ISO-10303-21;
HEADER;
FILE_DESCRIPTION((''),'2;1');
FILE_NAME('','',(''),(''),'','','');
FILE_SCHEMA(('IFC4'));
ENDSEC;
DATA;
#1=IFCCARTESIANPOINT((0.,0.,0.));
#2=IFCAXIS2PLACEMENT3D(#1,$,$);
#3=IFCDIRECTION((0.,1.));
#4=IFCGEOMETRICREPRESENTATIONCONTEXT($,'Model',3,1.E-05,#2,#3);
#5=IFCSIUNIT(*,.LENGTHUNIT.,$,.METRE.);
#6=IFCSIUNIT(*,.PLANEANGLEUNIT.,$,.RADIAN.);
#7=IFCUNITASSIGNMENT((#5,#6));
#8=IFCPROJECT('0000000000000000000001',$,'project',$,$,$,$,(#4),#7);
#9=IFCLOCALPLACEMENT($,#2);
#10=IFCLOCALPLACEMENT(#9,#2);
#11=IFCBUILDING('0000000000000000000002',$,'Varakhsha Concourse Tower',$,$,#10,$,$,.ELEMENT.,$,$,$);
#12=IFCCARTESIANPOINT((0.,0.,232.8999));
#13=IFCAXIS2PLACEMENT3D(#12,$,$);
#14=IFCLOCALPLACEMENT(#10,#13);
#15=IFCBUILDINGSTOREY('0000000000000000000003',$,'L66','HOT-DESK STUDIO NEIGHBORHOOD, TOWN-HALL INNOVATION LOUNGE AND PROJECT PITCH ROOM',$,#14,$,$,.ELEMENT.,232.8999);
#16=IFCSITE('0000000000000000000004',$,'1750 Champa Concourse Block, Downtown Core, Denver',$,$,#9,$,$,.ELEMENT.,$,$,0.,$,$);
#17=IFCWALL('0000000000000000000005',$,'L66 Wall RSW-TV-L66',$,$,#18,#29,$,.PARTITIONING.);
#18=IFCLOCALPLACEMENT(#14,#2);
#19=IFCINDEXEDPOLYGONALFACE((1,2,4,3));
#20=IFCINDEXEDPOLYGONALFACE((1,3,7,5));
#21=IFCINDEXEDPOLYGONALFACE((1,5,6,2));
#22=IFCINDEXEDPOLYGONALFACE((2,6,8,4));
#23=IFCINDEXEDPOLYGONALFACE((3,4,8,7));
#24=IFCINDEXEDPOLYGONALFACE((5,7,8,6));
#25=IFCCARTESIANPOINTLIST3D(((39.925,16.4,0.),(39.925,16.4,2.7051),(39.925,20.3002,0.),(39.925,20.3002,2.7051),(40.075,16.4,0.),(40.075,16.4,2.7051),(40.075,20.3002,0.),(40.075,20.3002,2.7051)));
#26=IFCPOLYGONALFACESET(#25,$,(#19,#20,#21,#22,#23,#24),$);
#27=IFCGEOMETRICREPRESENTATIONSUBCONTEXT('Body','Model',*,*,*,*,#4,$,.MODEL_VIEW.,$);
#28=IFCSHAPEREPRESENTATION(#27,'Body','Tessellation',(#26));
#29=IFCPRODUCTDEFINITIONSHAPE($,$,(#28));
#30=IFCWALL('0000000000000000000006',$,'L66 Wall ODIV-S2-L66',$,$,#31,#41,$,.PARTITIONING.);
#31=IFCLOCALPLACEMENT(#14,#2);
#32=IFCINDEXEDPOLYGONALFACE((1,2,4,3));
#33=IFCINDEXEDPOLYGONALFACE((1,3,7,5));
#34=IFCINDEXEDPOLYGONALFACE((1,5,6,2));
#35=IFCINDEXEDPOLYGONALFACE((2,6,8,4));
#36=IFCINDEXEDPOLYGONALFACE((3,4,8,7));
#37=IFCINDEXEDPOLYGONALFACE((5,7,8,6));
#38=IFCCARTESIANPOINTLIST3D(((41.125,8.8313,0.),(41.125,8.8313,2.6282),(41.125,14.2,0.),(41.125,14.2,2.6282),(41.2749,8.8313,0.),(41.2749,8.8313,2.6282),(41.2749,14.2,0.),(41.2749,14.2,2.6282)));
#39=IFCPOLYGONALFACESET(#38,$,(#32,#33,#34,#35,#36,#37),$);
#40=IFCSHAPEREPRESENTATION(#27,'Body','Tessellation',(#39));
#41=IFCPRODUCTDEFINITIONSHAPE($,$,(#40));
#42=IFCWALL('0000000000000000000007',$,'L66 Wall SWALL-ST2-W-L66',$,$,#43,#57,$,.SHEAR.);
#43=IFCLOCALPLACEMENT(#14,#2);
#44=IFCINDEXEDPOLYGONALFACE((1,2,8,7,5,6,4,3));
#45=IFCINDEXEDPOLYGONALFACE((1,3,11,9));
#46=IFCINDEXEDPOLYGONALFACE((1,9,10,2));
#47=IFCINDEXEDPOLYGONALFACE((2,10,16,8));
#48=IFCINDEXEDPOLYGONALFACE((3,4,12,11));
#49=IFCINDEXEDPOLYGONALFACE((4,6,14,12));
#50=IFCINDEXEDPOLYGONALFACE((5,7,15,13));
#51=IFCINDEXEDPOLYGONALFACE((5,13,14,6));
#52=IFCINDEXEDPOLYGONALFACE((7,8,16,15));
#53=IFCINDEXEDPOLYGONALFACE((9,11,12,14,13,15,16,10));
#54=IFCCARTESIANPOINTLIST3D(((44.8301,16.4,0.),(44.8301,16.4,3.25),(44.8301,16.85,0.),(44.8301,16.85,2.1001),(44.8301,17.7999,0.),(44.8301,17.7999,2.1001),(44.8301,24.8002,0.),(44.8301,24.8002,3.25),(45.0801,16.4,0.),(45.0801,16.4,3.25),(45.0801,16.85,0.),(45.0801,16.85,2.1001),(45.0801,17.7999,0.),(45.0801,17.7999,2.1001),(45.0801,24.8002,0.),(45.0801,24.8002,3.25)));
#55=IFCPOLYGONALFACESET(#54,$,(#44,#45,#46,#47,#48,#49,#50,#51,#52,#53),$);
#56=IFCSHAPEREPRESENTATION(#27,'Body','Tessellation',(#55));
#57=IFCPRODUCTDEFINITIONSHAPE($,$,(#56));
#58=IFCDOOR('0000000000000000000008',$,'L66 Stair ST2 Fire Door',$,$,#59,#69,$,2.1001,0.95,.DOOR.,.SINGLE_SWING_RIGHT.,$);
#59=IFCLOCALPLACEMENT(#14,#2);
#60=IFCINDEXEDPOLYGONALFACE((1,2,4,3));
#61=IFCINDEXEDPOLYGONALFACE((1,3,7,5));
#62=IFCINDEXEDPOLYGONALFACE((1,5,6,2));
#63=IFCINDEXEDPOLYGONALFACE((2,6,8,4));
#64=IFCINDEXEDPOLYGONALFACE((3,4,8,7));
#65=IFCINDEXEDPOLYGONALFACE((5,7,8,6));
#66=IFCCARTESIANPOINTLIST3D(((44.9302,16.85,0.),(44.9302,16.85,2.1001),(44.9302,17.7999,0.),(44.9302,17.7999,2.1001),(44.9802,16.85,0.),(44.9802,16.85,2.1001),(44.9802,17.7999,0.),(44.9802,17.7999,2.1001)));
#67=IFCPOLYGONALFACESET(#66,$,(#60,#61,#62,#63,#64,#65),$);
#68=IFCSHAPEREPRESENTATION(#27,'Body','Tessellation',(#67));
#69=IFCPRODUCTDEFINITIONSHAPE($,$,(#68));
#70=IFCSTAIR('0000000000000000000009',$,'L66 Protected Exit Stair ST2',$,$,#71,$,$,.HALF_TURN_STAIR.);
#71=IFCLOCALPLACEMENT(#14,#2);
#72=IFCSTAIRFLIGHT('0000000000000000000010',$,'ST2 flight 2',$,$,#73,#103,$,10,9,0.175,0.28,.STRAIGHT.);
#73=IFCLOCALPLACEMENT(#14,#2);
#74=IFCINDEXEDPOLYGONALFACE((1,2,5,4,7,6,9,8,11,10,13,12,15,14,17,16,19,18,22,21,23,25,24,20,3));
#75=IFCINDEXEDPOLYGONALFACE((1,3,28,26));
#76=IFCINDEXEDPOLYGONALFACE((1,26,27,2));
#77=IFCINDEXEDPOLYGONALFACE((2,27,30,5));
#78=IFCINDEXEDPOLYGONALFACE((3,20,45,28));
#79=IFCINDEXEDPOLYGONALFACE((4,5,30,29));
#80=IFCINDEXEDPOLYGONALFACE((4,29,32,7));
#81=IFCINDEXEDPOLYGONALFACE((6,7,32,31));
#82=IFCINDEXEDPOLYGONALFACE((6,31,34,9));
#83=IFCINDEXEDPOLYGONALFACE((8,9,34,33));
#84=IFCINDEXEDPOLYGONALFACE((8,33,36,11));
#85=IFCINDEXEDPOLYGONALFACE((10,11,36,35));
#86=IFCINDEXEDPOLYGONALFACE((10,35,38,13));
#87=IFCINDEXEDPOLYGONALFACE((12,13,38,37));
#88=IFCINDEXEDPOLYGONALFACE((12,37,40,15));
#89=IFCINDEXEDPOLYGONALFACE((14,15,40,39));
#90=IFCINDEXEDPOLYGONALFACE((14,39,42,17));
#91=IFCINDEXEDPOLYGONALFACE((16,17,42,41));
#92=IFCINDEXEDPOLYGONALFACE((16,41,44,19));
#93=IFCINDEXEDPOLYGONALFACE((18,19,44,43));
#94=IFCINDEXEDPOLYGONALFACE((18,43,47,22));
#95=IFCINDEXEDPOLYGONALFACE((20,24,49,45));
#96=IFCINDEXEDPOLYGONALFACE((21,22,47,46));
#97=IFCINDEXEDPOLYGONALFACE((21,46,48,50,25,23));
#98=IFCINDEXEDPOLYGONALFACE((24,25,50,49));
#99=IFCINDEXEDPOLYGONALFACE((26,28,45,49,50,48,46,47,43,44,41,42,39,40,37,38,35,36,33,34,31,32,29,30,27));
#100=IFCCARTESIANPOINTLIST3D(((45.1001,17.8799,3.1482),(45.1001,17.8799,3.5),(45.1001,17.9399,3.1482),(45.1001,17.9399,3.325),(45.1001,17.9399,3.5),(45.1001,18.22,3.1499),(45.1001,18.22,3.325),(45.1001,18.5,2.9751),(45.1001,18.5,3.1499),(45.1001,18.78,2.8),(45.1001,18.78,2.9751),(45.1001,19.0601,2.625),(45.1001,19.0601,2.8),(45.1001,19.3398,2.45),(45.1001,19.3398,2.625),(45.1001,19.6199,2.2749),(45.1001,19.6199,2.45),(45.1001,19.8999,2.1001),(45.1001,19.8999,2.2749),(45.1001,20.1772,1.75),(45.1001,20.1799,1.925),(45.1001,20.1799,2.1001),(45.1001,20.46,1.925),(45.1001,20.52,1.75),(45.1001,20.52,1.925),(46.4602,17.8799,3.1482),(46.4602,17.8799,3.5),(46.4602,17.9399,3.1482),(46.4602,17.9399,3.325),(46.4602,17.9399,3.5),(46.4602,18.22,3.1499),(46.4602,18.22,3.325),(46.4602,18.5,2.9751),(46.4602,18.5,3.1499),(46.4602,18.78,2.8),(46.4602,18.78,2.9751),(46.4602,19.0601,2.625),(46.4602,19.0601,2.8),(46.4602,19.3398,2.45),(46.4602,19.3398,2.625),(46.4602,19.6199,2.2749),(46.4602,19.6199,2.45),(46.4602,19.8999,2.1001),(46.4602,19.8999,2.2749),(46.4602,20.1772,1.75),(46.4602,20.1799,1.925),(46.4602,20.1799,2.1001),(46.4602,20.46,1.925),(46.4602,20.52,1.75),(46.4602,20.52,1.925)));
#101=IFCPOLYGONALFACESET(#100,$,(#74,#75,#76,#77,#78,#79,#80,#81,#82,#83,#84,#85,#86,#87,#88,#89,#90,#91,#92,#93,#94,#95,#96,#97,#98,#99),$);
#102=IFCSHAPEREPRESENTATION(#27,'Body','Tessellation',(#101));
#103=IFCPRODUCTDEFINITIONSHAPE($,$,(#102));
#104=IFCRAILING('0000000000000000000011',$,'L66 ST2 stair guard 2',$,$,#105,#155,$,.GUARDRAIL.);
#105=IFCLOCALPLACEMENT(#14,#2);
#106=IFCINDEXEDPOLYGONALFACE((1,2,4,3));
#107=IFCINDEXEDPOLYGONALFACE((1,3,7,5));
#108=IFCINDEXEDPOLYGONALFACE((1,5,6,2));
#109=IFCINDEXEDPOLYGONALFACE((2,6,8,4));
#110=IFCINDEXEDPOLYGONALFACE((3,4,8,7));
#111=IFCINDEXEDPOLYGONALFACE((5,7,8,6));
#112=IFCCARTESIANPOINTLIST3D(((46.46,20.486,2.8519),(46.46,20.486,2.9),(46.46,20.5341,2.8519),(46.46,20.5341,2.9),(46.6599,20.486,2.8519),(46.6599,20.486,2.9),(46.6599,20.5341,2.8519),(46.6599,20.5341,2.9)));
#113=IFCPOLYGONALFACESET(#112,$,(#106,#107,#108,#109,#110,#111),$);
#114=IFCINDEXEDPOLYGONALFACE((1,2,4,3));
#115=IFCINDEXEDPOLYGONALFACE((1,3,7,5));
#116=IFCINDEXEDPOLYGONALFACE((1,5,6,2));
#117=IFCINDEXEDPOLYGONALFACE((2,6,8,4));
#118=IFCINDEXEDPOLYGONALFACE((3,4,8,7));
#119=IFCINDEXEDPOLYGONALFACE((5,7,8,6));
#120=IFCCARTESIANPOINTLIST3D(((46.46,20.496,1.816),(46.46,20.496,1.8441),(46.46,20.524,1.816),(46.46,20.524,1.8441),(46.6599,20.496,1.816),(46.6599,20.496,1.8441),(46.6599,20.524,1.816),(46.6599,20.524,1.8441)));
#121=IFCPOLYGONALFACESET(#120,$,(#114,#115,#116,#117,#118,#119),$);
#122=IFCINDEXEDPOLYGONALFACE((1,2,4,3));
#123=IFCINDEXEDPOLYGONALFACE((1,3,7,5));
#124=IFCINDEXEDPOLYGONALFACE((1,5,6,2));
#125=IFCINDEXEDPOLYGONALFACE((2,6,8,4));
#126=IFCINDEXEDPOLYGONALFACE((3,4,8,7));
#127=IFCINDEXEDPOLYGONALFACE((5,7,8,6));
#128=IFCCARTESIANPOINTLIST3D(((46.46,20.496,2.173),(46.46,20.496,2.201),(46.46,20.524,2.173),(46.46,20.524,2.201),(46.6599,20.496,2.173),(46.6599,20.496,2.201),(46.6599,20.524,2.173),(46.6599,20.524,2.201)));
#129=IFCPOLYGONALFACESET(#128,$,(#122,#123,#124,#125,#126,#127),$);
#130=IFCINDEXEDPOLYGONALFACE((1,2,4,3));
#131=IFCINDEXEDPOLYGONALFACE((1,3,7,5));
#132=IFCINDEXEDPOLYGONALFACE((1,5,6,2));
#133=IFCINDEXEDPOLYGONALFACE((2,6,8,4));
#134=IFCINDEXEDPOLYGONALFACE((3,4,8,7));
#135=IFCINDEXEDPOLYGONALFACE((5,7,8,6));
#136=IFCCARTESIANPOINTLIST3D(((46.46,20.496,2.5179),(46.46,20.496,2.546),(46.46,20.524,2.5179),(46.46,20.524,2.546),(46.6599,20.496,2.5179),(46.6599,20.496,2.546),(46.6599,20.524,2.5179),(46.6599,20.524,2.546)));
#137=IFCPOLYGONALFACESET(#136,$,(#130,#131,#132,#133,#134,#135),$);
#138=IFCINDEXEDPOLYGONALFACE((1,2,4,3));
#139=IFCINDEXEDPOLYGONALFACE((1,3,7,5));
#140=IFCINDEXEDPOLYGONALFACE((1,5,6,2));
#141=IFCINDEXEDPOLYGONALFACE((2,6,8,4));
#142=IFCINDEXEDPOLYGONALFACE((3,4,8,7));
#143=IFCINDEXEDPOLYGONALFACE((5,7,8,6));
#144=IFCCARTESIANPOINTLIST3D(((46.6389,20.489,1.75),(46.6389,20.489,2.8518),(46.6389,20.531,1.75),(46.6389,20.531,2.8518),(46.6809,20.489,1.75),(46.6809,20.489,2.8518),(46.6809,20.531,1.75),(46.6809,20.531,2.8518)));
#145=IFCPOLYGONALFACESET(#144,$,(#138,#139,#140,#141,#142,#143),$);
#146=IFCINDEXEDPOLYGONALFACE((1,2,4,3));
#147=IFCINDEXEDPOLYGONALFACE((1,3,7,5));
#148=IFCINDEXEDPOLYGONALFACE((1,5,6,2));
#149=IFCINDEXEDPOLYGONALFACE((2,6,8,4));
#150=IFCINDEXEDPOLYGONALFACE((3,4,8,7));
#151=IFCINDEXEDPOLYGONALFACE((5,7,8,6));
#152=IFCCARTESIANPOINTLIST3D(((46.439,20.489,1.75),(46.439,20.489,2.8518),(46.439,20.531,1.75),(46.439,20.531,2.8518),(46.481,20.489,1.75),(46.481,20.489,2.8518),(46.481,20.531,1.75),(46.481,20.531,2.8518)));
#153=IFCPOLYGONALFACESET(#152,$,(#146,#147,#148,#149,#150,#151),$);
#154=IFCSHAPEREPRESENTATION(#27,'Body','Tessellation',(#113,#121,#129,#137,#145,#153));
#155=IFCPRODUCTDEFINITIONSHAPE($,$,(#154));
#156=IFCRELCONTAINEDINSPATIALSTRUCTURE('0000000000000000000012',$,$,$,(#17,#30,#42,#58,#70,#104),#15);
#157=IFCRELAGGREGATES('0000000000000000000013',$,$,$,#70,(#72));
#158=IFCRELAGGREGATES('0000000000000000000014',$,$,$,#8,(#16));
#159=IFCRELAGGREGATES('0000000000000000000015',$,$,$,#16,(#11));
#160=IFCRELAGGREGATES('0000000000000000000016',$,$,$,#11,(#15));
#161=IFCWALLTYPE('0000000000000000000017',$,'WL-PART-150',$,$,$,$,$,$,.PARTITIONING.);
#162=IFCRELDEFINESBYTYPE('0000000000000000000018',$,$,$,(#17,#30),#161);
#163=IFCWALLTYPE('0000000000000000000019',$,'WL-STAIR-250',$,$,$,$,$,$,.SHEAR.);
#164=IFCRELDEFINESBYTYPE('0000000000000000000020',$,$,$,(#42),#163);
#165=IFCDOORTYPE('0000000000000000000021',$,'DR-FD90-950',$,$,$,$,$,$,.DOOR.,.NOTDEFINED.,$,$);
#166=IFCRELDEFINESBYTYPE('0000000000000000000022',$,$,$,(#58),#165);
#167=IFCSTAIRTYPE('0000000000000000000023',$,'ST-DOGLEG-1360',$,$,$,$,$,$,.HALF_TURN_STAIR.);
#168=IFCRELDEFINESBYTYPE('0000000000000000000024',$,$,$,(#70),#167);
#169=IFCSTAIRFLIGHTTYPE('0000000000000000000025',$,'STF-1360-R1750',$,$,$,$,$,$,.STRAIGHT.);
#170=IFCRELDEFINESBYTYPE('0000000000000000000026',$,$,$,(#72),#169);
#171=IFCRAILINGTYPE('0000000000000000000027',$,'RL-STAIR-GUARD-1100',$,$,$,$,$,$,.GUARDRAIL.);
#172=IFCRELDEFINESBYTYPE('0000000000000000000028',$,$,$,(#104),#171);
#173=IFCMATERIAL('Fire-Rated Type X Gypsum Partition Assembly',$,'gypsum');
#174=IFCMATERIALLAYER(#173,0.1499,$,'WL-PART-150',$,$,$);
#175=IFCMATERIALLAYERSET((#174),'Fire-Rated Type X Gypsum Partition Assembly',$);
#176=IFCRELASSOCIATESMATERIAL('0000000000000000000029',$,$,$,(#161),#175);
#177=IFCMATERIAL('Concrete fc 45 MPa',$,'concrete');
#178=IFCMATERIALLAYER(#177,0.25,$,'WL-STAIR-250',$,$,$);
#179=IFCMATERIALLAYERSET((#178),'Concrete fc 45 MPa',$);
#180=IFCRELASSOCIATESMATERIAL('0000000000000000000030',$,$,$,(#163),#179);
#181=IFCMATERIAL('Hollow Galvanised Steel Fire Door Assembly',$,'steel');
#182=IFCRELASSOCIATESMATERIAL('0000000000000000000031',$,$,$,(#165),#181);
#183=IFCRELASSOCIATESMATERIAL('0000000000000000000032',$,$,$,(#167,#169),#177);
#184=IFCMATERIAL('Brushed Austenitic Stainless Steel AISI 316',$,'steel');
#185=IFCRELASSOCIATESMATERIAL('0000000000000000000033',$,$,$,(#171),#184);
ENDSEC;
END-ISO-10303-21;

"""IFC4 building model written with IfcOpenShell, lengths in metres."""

from ifc_helpers import new_model, si_unit, direction, frame, frame_2d, origin, origin_2d, place, context, subcontext, project, spatial, polyline, rectangle, outline, extrude, material, layer, layer_set, type_object, element, fill, aggregate, save


model = new_model("IFC4")

# Units and contexts
model_context = context("Model", 3, precision=1e-05, world=origin(), true_north=direction((0.0, 1.0)))
body_context = subcontext(model_context, "Body", "Model", "MODEL_VIEW")
ifc_project = project(units=[si_unit("LENGTHUNIT", "METRE"), si_unit("PLANEANGLEUNIT", "RADIAN")], contexts=[model_context])

# Site, building, storey
site_placement = place(None, origin())
site = spatial("IfcSite", under=ifc_project, at=site_placement, Name="1750 Champa Concourse Block, Downtown Core, Denver", CompositionType="ELEMENT", RefElevation=0.0)
building_placement = place(site_placement, origin())
building = spatial("IfcBuilding", under=site, at=building_placement, Name="Varakhsha Concourse Tower", CompositionType="ELEMENT")
storey_placement = place(building_placement, frame((0.0, 0.0, 232.8999)))
storey = spatial("IfcBuildingStorey", under=building, at=storey_placement, Name="L66", Description="HOT-DESK STUDIO NEIGHBORHOOD, TOWN-HALL INNOVATION LOUNGE AND PROJECT PITCH ROOM", CompositionType="ELEMENT", Elevation=232.8999)

# Shared definitions
ifc_material_1 = material(Name="Fire-Rated Type X Gypsum Partition Assembly", Category="gypsum")
ifc_material_2 = material(Name="Hollow Galvanised Steel Fire Door Assembly", Category="steel")

# Walls
ifc_layer_1 = layer(ifc_material_1, 0.1499, Name="WL-PART-150")
ifc_layer_set_1 = layer_set([ifc_layer_1], Name="Fire-Rated Type X Gypsum Partition Assembly")
wall_type_1 = type_object("IfcWallType", Name="WL-PART-150", PredefinedType="PARTITIONING", material=ifc_layer_set_1)
wall_1_placement = place(storey_placement, frame((40.0, 16.3999, 0.0), z_axis=(0.0, 0.0, 1.0), x_axis=(0.0, 1.0, 0.0)))
element("IfcWall", 1, at=wall_1_placement, inside=storey, type_object=wall_type_1, Name="L66 Wall RSW-TV-L66", PredefinedType="PARTITIONING", context=body_context, shape_type="SweptSolid", body=[
    extrude(rectangle(XDim=3.9001, YDim=0.1499, at=frame_2d((1.9502, 0.0))), origin(), (0.0, 0.0, 1.0), 2.7051),
])
wall_2_placement = place(storey_placement, frame((41.2, 8.8313, 0.0), z_axis=(0.0, 0.0, 1.0), x_axis=(0.0, 1.0, 0.0)))
element("IfcWall", 2, at=wall_2_placement, inside=storey, type_object=wall_type_1, Name="L66 Wall ODIV-S2-L66", PredefinedType="PARTITIONING", context=body_context, shape_type="SweptSolid", body=[
    extrude(rectangle(XDim=5.3687, YDim=0.1499, at=frame_2d((2.6843, 0.0))), origin(), (0.0, 0.0, 1.0), 2.6282),
])

# Wall, opening, door
ifc_material_3 = material(Name="Concrete fc 45 MPa", Category="concrete")
ifc_layer_2 = layer(ifc_material_3, 0.25, Name="WL-STAIR-250")
ifc_layer_set_2 = layer_set([ifc_layer_2], Name="Concrete fc 45 MPa")
wall_type_2 = type_object("IfcWallType", Name="WL-STAIR-250", PredefinedType="SHEAR", material=ifc_layer_set_2)
wall_3_placement = place(storey_placement, frame((44.9551, 16.3999, 0.0), z_axis=(0.0, 0.0, 1.0), x_axis=(0.0, 1.0, 0.0)))
wall_3 = element("IfcWall", 3, at=wall_3_placement, inside=storey, type_object=wall_type_2, Name="L66 Wall SWALL-ST2-W-L66", PredefinedType="SHEAR", context=body_context, shape_type="SweptSolid", body=[
    extrude(rectangle(XDim=8.4001, YDim=0.25, at=frame_2d((4.2002, 0.0))), origin(), (0.0, 0.0, 1.0), 3.25),
])
opening_1_placement = place(wall_3_placement, frame((0.45, 0.0, 0.0)))
opening_1 = element("IfcOpeningElement", 4, at=opening_1_placement, cuts=wall_3, PredefinedType="OPENING", context=body_context, shape_type="SweptSolid", body=[
    extrude(rectangle(XDim=0.95, YDim=2.1001, at=frame_2d((0.4751, 1.05))), frame((0.0, 0.135, 0.0), z_axis=(0.0, -1.0, 0.0), x_axis=(1.0, 0.0, 0.0)), (0.0, 0.0, 1.0), 0.27),
])
door_type_1 = type_object("IfcDoorType", Name="DR-FD90-950", OperationType="NOTDEFINED", PredefinedType="DOOR", material=ifc_material_2)
door_1_placement = place(opening_1_placement, origin())
door_1 = element("IfcDoor", 5, at=door_1_placement, inside=storey, type_object=door_type_1, Name="L66 Stair ST2 Fire Door", OperationType="SINGLE_SWING_RIGHT", OverallHeight=2.1001, OverallWidth=0.95, PredefinedType="DOOR", context=body_context, shape_type="SweptSolid", body=[
    extrude(rectangle(XDim=0.95, YDim=2.1001, at=frame_2d((0.4751, 1.05))), frame((0.0, 0.0249, 0.0), z_axis=(0.0, -1.0, 0.0), x_axis=(1.0, 0.0, 0.0)), (0.0, 0.0, 1.0), 0.05),
])
fill(opening_1, door_1)

# Stair, stair flight
stair_type = type_object("IfcStairType", Name="ST-DOGLEG-1360", PredefinedType="HALF_TURN_STAIR", material=ifc_material_3)
stair_placement = place(storey_placement, origin())
stair = element("IfcStair", 6, at=stair_placement, inside=storey, type_object=stair_type, Name="L66 Protected Exit Stair ST2", PredefinedType="HALF_TURN_STAIR")
stair_flight_type = type_object("IfcStairFlightType", Name="STF-1360-R1750", PredefinedType="STRAIGHT", material=ifc_material_3)
stair_flight_placement = place(storey_placement, frame((45.78, 20.46, 1.75), z_axis=(0.0, 0.0, 1.0), x_axis=(0.0, -1.0, 0.0)))
stair_flight = element("IfcStairFlight", 7, at=stair_flight_placement, type_object=stair_flight_type, Name="ST2 flight 2", NumberOfRisers=10, NumberOfTreads=9, PredefinedType="STRAIGHT", RiserHeight=0.175, TreadLength=0.28, context=body_context, shape_type="SweptSolid", body=[
    extrude(outline(polyline([(-0.0601, 0.0), (-0.0601, 0.175), (0.0, 0.175), (0.28, 0.175), (0.28, 0.3501), (0.5601, 0.3501), (0.5601, 0.5249), (0.8401, 0.5249), (0.8401, 0.7), (1.1201, 0.7), (1.1201, 0.875), (1.3999, 0.875), (1.3999, 1.05), (1.6799, 1.05), (1.6799, 1.2251), (1.96, 1.2251), (1.96, 1.3999), (2.24, 1.3999), (2.24, 1.575), (2.52, 1.575), (2.52, 1.75), (2.5801, 1.75), (2.5801, 1.3982), (2.52, 1.3982), (0.2827, 0.0), (-0.0601, 0.0)])), frame((0.0, 0.6802, 0.0), z_axis=(0.0, -1.0, 0.0), x_axis=(1.0, 0.0, 0.0)), (0.0, 0.0, 1.0), 1.3601),
])
aggregate(stair, [stair_flight])

# Railing
ifc_material_4 = material(Name="Brushed Austenitic Stainless Steel AISI 316", Category="steel")
railing_type_1 = type_object("IfcRailingType", Name="RL-STAIR-GUARD-1100", PredefinedType="GUARDRAIL", material=ifc_material_4)
railing_1_placement = place(storey_placement, frame((46.6599, 20.51, 1.75)))
element("IfcRailing", 8, at=railing_1_placement, inside=storey, type_object=railing_type_1, Name="L66 ST2 stair guard 2", PredefinedType="GUARDRAIL", context=body_context, shape_type="SweptSolid", body=[
    extrude(rectangle(XDim=0.0481, YDim=0.0481, at=origin_2d()), frame((0.0, 0.0, 1.126), z_axis=(-1.0, 0.0, 0.0), x_axis=(0.0, -1.0, 0.0)), (0.0, 0.0, 1.0), 0.2),
    extrude(rectangle(XDim=0.0281, YDim=0.0281, at=origin_2d()), frame((0.0, 0.0, 0.0801), z_axis=(-1.0, 0.0, 0.0), x_axis=(0.0, -1.0, 0.0)), (0.0, 0.0, 1.0), 0.2),
    extrude(rectangle(XDim=0.0281, YDim=0.0281, at=origin_2d()), frame((0.0, 0.0, 0.437), z_axis=(-1.0, 0.0, 0.0), x_axis=(0.0, -1.0, 0.0)), (0.0, 0.0, 1.0), 0.2),
    extrude(rectangle(XDim=0.0281, YDim=0.0281, at=origin_2d()), frame((0.0, 0.0, 0.782), z_axis=(-1.0, 0.0, 0.0), x_axis=(0.0, -1.0, 0.0)), (0.0, 0.0, 1.0), 0.2),
    extrude(rectangle(XDim=0.042, YDim=0.042, at=origin_2d()), origin(), (0.0, 0.0, 1.0), 1.1018),
    extrude(rectangle(XDim=0.042, YDim=0.042, at=origin_2d()), frame((-0.2, 0.0, 0.0)), (0.0, 0.0, 1.0), 1.1018),
])

save(model, "model.ifc")
